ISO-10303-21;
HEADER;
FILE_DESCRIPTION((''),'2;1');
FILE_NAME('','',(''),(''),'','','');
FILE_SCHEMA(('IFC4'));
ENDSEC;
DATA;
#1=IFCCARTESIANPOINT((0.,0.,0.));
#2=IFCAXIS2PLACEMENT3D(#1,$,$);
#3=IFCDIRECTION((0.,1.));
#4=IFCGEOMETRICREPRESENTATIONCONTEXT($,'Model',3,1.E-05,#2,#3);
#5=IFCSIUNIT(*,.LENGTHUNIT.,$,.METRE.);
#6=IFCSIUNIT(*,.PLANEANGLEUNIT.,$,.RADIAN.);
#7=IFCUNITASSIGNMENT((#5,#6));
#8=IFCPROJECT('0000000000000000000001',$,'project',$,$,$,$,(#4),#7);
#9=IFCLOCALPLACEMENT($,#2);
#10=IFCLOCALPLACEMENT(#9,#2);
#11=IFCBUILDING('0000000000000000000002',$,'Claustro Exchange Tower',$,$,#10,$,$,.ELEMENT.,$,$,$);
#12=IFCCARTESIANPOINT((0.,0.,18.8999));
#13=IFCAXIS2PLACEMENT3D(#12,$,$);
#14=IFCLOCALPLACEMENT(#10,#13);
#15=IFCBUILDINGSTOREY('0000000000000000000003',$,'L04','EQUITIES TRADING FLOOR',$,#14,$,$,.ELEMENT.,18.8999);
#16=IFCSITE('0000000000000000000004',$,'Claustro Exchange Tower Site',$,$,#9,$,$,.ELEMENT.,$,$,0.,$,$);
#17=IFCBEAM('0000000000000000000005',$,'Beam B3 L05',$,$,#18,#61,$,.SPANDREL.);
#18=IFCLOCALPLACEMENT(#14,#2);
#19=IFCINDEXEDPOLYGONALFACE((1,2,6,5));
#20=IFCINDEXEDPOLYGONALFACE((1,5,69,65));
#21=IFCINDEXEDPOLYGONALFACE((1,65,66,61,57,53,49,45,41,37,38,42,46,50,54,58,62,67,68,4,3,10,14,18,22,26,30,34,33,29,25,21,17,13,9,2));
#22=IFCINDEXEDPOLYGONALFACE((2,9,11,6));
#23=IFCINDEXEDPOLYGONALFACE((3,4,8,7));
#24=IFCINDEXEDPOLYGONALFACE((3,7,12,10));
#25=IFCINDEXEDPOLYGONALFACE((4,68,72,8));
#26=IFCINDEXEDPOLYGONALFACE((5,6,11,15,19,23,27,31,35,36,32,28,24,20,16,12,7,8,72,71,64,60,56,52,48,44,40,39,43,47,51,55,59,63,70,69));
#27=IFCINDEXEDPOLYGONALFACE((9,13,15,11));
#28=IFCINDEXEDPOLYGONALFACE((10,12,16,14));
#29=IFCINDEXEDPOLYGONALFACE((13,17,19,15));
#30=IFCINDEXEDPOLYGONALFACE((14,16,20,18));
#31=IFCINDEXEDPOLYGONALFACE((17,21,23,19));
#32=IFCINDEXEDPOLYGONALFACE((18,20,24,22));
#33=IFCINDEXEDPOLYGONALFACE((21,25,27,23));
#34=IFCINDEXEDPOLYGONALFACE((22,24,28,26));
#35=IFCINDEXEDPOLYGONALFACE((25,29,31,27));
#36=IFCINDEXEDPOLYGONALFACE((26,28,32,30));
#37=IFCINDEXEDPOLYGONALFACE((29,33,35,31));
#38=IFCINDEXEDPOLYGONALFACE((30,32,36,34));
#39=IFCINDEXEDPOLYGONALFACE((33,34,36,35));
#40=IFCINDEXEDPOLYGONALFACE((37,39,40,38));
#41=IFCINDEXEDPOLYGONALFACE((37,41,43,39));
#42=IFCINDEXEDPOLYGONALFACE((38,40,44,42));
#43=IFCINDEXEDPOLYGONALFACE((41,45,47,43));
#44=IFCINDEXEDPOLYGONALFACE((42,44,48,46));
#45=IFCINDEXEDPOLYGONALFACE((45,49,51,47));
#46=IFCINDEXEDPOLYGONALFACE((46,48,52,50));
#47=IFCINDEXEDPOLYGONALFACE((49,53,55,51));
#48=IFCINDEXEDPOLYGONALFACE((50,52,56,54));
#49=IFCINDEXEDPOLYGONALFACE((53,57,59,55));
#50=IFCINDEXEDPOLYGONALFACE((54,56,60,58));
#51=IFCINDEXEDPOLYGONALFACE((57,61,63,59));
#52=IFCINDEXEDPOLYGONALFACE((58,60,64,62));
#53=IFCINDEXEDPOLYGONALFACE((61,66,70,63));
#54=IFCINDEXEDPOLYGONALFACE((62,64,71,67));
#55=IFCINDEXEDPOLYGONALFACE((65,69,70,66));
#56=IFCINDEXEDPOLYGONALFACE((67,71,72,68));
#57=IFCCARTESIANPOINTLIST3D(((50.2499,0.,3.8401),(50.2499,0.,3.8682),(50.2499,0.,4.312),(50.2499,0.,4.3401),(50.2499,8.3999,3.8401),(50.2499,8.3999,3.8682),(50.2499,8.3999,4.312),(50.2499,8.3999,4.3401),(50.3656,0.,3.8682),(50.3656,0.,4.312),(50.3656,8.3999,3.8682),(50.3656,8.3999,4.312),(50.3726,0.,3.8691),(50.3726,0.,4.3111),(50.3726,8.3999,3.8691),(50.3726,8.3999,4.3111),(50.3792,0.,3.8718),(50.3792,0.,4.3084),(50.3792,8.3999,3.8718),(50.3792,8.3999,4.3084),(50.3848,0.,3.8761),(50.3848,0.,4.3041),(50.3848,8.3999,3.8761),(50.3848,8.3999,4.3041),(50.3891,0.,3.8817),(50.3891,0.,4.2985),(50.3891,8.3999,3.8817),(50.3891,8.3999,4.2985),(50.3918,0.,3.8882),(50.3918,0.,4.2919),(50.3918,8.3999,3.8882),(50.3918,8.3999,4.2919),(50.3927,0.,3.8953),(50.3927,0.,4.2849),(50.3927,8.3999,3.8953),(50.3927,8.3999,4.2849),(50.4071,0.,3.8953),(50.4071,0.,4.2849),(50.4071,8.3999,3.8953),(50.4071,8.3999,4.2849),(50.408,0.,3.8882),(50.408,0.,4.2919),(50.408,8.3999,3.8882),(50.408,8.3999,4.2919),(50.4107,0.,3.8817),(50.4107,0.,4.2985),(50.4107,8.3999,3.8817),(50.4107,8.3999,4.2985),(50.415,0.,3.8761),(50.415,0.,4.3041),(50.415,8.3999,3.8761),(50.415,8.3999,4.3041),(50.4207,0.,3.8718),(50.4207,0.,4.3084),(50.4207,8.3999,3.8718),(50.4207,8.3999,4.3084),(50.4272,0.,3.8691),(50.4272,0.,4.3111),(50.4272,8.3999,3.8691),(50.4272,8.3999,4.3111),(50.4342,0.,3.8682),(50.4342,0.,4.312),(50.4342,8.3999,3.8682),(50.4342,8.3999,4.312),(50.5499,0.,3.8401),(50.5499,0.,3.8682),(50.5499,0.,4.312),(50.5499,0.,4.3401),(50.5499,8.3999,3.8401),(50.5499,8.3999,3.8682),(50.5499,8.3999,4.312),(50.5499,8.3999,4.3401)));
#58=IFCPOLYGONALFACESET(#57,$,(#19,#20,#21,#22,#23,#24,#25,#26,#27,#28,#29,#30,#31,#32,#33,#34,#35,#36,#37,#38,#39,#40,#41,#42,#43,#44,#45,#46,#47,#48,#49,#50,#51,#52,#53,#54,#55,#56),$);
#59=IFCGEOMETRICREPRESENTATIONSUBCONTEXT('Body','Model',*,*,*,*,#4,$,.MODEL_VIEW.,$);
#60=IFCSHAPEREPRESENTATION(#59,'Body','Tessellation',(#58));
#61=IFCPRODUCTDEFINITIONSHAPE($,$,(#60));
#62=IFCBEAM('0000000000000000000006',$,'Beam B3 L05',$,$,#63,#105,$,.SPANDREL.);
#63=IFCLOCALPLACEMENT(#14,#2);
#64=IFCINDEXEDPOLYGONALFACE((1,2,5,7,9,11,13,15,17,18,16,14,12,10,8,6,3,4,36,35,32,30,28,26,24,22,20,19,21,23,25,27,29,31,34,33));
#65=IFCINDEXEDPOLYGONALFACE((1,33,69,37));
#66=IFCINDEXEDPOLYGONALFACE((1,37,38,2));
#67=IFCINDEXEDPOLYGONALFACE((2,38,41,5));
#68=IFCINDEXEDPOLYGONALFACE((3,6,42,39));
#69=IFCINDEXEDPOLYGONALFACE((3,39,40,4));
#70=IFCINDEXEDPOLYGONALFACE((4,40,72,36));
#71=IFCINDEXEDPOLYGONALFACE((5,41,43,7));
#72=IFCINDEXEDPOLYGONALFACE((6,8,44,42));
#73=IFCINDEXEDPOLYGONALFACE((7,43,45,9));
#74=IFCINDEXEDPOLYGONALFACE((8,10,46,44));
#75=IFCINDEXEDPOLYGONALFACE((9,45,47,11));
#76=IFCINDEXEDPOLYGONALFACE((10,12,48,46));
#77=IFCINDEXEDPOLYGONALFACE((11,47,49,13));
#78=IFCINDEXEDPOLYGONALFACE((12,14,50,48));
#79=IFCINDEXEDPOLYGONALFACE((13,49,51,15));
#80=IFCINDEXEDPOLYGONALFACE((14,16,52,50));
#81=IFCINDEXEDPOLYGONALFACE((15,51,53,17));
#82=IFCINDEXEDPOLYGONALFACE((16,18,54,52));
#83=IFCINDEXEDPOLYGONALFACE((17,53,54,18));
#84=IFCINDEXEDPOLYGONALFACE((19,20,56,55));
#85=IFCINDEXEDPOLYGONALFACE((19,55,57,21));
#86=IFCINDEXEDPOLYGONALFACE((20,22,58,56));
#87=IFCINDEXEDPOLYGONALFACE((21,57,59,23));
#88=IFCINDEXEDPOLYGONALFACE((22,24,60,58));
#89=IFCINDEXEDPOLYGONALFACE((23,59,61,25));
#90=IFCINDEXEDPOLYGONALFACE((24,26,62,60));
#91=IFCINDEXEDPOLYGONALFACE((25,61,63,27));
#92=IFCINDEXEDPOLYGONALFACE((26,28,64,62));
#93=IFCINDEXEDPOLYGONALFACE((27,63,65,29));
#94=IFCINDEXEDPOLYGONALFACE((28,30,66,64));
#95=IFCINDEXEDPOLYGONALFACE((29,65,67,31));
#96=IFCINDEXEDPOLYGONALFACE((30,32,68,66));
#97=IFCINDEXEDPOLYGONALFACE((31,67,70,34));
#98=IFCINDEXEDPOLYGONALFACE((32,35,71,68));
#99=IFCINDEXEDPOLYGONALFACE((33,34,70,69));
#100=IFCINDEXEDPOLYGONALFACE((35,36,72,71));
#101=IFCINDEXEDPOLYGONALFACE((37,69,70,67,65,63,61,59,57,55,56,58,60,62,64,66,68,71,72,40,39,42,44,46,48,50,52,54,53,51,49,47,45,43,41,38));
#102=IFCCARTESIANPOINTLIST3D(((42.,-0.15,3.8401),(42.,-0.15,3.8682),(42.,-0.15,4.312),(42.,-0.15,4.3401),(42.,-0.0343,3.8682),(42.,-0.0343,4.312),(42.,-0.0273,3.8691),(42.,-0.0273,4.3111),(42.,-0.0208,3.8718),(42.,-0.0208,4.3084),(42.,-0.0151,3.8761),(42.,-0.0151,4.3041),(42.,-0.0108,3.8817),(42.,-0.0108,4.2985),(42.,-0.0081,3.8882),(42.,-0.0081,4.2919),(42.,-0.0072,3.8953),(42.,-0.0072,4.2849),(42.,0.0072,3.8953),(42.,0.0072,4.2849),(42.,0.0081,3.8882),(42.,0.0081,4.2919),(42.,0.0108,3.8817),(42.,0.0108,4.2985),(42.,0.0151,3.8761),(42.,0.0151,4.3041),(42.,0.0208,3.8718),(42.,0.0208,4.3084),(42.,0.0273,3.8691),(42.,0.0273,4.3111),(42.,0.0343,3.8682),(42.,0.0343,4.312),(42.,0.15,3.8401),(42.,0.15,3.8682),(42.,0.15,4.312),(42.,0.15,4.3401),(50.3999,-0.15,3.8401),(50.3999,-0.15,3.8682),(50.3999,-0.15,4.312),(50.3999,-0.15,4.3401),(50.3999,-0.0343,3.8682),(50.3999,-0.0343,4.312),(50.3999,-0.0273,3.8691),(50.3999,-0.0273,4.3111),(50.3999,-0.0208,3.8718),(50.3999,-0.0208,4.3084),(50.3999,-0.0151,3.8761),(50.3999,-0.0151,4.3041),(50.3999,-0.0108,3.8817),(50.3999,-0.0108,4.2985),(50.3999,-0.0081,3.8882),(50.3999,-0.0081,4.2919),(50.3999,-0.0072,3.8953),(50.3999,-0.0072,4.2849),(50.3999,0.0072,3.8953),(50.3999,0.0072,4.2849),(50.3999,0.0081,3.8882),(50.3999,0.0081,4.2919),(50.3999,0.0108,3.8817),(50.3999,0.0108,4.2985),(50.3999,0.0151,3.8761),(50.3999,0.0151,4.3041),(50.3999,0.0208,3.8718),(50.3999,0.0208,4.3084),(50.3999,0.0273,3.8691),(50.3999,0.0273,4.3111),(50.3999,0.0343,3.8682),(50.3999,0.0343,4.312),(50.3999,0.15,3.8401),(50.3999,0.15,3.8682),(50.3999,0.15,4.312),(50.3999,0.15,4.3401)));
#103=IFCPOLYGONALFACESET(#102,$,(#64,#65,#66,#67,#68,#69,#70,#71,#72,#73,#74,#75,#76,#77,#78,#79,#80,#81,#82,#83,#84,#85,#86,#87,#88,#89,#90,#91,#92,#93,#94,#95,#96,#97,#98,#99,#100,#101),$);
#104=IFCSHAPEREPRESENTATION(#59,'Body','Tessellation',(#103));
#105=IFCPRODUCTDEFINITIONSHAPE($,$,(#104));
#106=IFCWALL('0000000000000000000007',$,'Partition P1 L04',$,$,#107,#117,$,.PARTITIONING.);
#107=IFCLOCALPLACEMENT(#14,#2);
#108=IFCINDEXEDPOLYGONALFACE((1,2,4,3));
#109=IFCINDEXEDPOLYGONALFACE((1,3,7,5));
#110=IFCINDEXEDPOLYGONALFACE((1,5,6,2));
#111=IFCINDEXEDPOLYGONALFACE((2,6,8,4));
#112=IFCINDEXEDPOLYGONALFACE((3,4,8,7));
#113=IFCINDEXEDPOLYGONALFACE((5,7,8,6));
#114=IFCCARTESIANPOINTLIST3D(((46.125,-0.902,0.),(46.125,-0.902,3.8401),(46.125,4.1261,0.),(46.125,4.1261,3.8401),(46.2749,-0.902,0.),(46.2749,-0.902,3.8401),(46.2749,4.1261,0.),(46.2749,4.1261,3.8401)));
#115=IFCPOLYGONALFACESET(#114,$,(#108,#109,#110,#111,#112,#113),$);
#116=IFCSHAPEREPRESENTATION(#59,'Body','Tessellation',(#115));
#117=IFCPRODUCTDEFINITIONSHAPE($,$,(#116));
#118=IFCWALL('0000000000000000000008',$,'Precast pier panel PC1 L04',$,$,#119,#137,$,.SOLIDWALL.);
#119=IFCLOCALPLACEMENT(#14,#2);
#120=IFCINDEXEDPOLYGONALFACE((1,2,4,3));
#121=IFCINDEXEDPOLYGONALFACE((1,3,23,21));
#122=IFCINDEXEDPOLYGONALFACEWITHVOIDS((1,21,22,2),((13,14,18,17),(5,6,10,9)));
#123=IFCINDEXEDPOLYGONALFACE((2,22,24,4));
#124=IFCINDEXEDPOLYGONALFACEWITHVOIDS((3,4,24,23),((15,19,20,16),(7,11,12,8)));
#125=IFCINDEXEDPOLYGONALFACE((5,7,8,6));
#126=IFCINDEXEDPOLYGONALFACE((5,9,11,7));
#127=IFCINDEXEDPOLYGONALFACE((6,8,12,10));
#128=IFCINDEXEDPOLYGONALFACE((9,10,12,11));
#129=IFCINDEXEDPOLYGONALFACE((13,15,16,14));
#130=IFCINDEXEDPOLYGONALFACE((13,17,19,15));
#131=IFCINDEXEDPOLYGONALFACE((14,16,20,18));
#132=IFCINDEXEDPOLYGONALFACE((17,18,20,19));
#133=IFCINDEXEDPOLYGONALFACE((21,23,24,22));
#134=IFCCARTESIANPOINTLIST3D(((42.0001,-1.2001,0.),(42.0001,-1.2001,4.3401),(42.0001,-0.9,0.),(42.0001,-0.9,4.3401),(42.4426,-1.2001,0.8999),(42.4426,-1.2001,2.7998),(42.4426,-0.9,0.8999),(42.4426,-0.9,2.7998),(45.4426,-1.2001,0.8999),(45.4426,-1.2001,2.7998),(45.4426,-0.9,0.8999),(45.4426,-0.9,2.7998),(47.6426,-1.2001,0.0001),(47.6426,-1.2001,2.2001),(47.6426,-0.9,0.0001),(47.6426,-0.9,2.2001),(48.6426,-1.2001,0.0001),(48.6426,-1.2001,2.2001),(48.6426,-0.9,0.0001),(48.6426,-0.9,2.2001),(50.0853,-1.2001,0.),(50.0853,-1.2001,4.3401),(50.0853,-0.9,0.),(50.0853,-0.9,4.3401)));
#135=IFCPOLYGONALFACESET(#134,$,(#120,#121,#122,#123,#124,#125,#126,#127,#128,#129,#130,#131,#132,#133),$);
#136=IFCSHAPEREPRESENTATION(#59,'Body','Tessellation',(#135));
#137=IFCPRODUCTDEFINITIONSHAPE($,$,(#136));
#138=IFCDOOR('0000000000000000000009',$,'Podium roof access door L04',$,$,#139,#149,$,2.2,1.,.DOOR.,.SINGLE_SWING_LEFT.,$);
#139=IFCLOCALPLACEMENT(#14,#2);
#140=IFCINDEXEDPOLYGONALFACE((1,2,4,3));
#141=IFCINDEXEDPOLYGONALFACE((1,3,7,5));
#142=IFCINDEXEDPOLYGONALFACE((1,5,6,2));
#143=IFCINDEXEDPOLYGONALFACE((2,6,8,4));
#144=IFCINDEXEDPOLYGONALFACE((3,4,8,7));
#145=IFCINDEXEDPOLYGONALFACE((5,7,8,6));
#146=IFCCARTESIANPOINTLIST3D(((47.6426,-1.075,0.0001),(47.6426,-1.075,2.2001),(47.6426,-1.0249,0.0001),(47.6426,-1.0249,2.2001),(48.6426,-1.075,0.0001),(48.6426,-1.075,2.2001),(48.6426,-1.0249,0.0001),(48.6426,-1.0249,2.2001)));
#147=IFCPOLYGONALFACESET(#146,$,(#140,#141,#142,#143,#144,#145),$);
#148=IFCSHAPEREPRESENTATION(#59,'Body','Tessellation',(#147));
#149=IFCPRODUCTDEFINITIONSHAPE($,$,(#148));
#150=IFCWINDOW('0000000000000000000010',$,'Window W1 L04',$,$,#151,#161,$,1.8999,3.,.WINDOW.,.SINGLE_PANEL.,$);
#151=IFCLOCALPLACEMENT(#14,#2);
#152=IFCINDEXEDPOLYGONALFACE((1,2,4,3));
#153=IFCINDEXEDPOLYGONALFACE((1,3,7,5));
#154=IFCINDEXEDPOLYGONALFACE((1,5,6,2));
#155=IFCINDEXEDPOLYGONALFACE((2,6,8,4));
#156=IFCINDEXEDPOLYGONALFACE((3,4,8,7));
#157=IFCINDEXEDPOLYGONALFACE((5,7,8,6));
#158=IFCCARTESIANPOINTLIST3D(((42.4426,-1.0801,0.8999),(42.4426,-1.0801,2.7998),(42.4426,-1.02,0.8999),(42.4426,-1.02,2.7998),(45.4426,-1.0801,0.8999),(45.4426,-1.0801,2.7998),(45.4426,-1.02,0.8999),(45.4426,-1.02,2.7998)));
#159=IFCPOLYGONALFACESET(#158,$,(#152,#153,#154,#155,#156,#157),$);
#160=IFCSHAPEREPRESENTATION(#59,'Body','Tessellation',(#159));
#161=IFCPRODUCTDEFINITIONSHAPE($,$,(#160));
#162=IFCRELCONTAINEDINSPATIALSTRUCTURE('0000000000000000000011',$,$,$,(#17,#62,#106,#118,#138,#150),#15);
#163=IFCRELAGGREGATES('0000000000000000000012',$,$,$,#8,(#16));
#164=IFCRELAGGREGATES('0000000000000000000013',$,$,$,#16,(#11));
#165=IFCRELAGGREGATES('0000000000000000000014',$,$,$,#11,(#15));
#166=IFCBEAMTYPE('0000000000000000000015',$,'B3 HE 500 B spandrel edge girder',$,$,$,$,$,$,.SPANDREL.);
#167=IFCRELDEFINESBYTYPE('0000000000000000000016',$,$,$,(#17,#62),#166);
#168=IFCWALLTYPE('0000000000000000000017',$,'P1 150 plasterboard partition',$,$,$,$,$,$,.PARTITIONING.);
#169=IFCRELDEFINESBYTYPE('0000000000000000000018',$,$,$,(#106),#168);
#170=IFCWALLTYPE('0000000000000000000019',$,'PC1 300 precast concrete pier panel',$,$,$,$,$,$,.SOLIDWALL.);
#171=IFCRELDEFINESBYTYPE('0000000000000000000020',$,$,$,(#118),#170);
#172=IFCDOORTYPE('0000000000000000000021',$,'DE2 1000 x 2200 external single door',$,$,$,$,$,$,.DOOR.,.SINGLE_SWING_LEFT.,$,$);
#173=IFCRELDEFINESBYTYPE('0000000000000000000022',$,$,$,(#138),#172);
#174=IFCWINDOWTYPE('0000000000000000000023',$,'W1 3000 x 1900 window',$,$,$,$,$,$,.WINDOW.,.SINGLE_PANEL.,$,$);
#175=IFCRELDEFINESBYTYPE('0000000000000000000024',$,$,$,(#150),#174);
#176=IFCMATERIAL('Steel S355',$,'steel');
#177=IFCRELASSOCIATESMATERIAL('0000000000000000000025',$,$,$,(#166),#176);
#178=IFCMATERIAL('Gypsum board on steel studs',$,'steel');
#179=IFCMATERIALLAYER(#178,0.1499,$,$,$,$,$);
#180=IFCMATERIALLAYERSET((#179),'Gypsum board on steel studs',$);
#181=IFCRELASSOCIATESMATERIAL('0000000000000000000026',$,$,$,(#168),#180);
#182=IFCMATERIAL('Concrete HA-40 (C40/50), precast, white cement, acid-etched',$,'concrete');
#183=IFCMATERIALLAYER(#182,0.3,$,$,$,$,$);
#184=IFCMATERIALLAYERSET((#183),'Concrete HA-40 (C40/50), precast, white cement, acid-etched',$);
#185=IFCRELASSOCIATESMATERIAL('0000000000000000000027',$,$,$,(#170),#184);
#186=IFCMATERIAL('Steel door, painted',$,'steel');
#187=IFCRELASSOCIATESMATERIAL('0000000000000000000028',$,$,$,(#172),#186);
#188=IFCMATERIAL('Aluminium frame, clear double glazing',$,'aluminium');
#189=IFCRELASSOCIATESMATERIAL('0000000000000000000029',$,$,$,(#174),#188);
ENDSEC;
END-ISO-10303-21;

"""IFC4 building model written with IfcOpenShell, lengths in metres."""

from ifc_helpers import new_model, si_unit, direction, frame, frame_2d, origin, origin_2d, place, context, subcontext, project, spatial, rectangle, i_section, extrude, material, layer, layer_set, material_profile, profile_set, type_object, element, fill, save


model = new_model("IFC4")

# Units and contexts
model_context = context("Model", 3, precision=1e-05, world=origin(), true_north=direction((0.0, 1.0)))
body_context = subcontext(model_context, "Body", "Model", "MODEL_VIEW")
ifc_project = project(units=[si_unit("LENGTHUNIT", "METRE"), si_unit("PLANEANGLEUNIT", "RADIAN")], contexts=[model_context])

# Site, building, storey
site_placement = place(None, origin())
site = spatial("IfcSite", under=ifc_project, at=site_placement, Name="Claustro Exchange Tower Site", CompositionType="ELEMENT", RefElevation=0.0)
building_placement = place(site_placement, origin())
building = spatial("IfcBuilding", under=site, at=building_placement, Name="Claustro Exchange Tower", CompositionType="ELEMENT")
storey_placement = place(building_placement, frame((0.0, 0.0, 18.8999)))
storey = spatial("IfcBuildingStorey", under=building, at=storey_placement, Name="L04", Description="EQUITIES TRADING FLOOR", CompositionType="ELEMENT", Elevation=18.8999)

# Beams
ifc_material_1 = material(Name="Steel S355", Category="steel")
ifc_material_profile_1 = material_profile(ifc_material_1, i_section(OverallWidth=0.3, OverallDepth=0.5, WebThickness=0.0144, FlangeThickness=0.0281, FilletRadius=0.0271, at=origin_2d()), Name="HE 500 B")
ifc_profile_set_1 = profile_set([ifc_material_profile_1], Name="Steel S355")
beam_type_1 = type_object("IfcBeamType", Name="B3 HE 500 B spandrel edge girder", PredefinedType="SPANDREL", material=ifc_profile_set_1)
for number, where, z_axis, x_axis, name in (
    (1, (50.3999, 0.0, 4.0901), (0.0, 1.0, 0.0), (-1.0, 0.0, 0.0), "Beam B3 L05"),
    (2, (42.0, 0.0, 4.0901), (1.0, 0.0, 0.0), (0.0, 1.0, 0.0), "Beam B3 L05"),
):
    element("IfcBeam", number, at=place(storey_placement, frame(where, z_axis=z_axis, x_axis=x_axis)), inside=storey, type_object=beam_type_1, Name=name, PredefinedType="SPANDREL", context=body_context, shape_type="SweptSolid", body=[
        extrude(i_section(OverallWidth=0.3, OverallDepth=0.5, WebThickness=0.0144, FlangeThickness=0.0281, FilletRadius=0.0271, at=origin_2d()), origin(), (0.0, 0.0, 1.0), 8.3999),
    ])

# Wall
ifc_material_2 = material(Name="Gypsum board on steel studs", Category="steel")
ifc_layer_1 = layer(ifc_material_2, 0.1499)
ifc_layer_set_1 = layer_set([ifc_layer_1], Name="Gypsum board on steel studs")
wall_type_1 = type_object("IfcWallType", Name="P1 150 plasterboard partition", PredefinedType="PARTITIONING", material=ifc_layer_set_1)
wall_1_placement = place(storey_placement, frame((46.2, -0.9021, 0.0), z_axis=(0.0, 0.0, 1.0), x_axis=(0.0, 1.0, 0.0)))
element("IfcWall", 3, at=wall_1_placement, inside=storey, type_object=wall_type_1, Name="Partition P1 L04", PredefinedType="PARTITIONING", context=body_context, shape_type="SweptSolid", body=[
    extrude(rectangle(XDim=5.0281, YDim=0.1499, at=frame_2d((2.5142, 0.0))), origin(), (0.0, 0.0, 1.0), 3.8401),
])

# Wall, openings, door, window
ifc_material_3 = material(Name="Concrete HA-40 (C40/50), precast, white cement, acid-etched", Category="concrete")
ifc_layer_2 = layer(ifc_material_3, 0.3)
ifc_layer_set_2 = layer_set([ifc_layer_2], Name="Concrete HA-40 (C40/50), precast, white cement, acid-etched")
wall_type_2 = type_object("IfcWallType", Name="PC1 300 precast concrete pier panel", PredefinedType="SOLIDWALL", material=ifc_layer_set_2)
wall_2_placement = place(storey_placement, frame((50.0852, -1.05, 0.0), z_axis=(0.0, 0.0, 1.0), x_axis=(-1.0, 0.0, 0.0)))
wall_2 = element("IfcWall", 4, at=wall_2_placement, inside=storey, type_object=wall_type_2, Name="Precast pier panel PC1 L04", PredefinedType="SOLIDWALL", context=body_context, shape_type="SweptSolid", body=[
    extrude(rectangle(XDim=8.0852, YDim=0.3, at=frame_2d((4.0425, 0.0))), origin(), (0.0, 0.0, 1.0), 4.3401),
])
opening_1_placement = place(wall_2_placement, frame((4.6426, 0.0, 0.8999)))
opening_1 = element("IfcOpeningElement", 5, at=opening_1_placement, cuts=wall_2, PredefinedType="OPENING", context=body_context, shape_type="SweptSolid", body=[
    extrude(rectangle(XDim=3.0, YDim=1.8999, at=frame_2d((1.5, 0.95))), frame((0.0, 0.1599, 0.0), z_axis=(0.0, -1.0, 0.0), x_axis=(1.0, 0.0, 0.0)), (0.0, 0.0, 1.0), 0.3201),
])
opening_2_placement = place(wall_2_placement, frame((1.4426, 0.0, 0.0)))
opening_2 = element("IfcOpeningElement", 6, at=opening_2_placement, cuts=wall_2, PredefinedType="OPENING", context=body_context, shape_type="SweptSolid", body=[
    extrude(rectangle(XDim=1.0, YDim=2.2, at=frame_2d((0.5, 1.1001))), frame((0.0, 0.1599, 0.0), z_axis=(0.0, -1.0, 0.0), x_axis=(1.0, 0.0, 0.0)), (0.0, 0.0, 1.0), 0.3201),
])
ifc_material_4 = material(Name="Steel door, painted", Category="steel")
door_type = type_object("IfcDoorType", Name="DE2 1000 x 2200 external single door", OperationType="SINGLE_SWING_LEFT", PredefinedType="DOOR", material=ifc_material_4)
door_placement = place(opening_2_placement, origin())
door = element("IfcDoor", 7, at=door_placement, inside=storey, type_object=door_type, Name="Podium roof access door L04", OperationType="SINGLE_SWING_LEFT", OverallHeight=2.2, OverallWidth=1.0, PredefinedType="DOOR", context=body_context, shape_type="SweptSolid", body=[
    extrude(rectangle(XDim=1.0, YDim=2.2, at=frame_2d((0.5, 1.1001))), frame((0.0, 0.0249, 0.0), z_axis=(0.0, -1.0, 0.0), x_axis=(1.0, 0.0, 0.0)), (0.0, 0.0, 1.0), 0.05),
])
fill(opening_2, door)
ifc_material_5 = material(Name="Aluminium frame, clear double glazing", Category="aluminium")
window_type = type_object("IfcWindowType", Name="W1 3000 x 1900 window", PartitioningType="SINGLE_PANEL", PredefinedType="WINDOW", material=ifc_material_5)
window_1_placement = place(opening_1_placement, origin())
window_1 = element("IfcWindow", 8, at=window_1_placement, inside=storey, type_object=window_type, Name="Window W1 L04", OverallHeight=1.8999, OverallWidth=3.0, PartitioningType="SINGLE_PANEL", PredefinedType="WINDOW", context=body_context, shape_type="SweptSolid", body=[
    extrude(rectangle(XDim=3.0, YDim=1.8999, at=frame_2d((1.5, 0.95))), frame((0.0, 0.03, 0.0), z_axis=(0.0, -1.0, 0.0), x_axis=(1.0, 0.0, 0.0)), (0.0, 0.0, 1.0), 0.0601),
])
fill(opening_1, window_1)

save(model, "model.ifc")
